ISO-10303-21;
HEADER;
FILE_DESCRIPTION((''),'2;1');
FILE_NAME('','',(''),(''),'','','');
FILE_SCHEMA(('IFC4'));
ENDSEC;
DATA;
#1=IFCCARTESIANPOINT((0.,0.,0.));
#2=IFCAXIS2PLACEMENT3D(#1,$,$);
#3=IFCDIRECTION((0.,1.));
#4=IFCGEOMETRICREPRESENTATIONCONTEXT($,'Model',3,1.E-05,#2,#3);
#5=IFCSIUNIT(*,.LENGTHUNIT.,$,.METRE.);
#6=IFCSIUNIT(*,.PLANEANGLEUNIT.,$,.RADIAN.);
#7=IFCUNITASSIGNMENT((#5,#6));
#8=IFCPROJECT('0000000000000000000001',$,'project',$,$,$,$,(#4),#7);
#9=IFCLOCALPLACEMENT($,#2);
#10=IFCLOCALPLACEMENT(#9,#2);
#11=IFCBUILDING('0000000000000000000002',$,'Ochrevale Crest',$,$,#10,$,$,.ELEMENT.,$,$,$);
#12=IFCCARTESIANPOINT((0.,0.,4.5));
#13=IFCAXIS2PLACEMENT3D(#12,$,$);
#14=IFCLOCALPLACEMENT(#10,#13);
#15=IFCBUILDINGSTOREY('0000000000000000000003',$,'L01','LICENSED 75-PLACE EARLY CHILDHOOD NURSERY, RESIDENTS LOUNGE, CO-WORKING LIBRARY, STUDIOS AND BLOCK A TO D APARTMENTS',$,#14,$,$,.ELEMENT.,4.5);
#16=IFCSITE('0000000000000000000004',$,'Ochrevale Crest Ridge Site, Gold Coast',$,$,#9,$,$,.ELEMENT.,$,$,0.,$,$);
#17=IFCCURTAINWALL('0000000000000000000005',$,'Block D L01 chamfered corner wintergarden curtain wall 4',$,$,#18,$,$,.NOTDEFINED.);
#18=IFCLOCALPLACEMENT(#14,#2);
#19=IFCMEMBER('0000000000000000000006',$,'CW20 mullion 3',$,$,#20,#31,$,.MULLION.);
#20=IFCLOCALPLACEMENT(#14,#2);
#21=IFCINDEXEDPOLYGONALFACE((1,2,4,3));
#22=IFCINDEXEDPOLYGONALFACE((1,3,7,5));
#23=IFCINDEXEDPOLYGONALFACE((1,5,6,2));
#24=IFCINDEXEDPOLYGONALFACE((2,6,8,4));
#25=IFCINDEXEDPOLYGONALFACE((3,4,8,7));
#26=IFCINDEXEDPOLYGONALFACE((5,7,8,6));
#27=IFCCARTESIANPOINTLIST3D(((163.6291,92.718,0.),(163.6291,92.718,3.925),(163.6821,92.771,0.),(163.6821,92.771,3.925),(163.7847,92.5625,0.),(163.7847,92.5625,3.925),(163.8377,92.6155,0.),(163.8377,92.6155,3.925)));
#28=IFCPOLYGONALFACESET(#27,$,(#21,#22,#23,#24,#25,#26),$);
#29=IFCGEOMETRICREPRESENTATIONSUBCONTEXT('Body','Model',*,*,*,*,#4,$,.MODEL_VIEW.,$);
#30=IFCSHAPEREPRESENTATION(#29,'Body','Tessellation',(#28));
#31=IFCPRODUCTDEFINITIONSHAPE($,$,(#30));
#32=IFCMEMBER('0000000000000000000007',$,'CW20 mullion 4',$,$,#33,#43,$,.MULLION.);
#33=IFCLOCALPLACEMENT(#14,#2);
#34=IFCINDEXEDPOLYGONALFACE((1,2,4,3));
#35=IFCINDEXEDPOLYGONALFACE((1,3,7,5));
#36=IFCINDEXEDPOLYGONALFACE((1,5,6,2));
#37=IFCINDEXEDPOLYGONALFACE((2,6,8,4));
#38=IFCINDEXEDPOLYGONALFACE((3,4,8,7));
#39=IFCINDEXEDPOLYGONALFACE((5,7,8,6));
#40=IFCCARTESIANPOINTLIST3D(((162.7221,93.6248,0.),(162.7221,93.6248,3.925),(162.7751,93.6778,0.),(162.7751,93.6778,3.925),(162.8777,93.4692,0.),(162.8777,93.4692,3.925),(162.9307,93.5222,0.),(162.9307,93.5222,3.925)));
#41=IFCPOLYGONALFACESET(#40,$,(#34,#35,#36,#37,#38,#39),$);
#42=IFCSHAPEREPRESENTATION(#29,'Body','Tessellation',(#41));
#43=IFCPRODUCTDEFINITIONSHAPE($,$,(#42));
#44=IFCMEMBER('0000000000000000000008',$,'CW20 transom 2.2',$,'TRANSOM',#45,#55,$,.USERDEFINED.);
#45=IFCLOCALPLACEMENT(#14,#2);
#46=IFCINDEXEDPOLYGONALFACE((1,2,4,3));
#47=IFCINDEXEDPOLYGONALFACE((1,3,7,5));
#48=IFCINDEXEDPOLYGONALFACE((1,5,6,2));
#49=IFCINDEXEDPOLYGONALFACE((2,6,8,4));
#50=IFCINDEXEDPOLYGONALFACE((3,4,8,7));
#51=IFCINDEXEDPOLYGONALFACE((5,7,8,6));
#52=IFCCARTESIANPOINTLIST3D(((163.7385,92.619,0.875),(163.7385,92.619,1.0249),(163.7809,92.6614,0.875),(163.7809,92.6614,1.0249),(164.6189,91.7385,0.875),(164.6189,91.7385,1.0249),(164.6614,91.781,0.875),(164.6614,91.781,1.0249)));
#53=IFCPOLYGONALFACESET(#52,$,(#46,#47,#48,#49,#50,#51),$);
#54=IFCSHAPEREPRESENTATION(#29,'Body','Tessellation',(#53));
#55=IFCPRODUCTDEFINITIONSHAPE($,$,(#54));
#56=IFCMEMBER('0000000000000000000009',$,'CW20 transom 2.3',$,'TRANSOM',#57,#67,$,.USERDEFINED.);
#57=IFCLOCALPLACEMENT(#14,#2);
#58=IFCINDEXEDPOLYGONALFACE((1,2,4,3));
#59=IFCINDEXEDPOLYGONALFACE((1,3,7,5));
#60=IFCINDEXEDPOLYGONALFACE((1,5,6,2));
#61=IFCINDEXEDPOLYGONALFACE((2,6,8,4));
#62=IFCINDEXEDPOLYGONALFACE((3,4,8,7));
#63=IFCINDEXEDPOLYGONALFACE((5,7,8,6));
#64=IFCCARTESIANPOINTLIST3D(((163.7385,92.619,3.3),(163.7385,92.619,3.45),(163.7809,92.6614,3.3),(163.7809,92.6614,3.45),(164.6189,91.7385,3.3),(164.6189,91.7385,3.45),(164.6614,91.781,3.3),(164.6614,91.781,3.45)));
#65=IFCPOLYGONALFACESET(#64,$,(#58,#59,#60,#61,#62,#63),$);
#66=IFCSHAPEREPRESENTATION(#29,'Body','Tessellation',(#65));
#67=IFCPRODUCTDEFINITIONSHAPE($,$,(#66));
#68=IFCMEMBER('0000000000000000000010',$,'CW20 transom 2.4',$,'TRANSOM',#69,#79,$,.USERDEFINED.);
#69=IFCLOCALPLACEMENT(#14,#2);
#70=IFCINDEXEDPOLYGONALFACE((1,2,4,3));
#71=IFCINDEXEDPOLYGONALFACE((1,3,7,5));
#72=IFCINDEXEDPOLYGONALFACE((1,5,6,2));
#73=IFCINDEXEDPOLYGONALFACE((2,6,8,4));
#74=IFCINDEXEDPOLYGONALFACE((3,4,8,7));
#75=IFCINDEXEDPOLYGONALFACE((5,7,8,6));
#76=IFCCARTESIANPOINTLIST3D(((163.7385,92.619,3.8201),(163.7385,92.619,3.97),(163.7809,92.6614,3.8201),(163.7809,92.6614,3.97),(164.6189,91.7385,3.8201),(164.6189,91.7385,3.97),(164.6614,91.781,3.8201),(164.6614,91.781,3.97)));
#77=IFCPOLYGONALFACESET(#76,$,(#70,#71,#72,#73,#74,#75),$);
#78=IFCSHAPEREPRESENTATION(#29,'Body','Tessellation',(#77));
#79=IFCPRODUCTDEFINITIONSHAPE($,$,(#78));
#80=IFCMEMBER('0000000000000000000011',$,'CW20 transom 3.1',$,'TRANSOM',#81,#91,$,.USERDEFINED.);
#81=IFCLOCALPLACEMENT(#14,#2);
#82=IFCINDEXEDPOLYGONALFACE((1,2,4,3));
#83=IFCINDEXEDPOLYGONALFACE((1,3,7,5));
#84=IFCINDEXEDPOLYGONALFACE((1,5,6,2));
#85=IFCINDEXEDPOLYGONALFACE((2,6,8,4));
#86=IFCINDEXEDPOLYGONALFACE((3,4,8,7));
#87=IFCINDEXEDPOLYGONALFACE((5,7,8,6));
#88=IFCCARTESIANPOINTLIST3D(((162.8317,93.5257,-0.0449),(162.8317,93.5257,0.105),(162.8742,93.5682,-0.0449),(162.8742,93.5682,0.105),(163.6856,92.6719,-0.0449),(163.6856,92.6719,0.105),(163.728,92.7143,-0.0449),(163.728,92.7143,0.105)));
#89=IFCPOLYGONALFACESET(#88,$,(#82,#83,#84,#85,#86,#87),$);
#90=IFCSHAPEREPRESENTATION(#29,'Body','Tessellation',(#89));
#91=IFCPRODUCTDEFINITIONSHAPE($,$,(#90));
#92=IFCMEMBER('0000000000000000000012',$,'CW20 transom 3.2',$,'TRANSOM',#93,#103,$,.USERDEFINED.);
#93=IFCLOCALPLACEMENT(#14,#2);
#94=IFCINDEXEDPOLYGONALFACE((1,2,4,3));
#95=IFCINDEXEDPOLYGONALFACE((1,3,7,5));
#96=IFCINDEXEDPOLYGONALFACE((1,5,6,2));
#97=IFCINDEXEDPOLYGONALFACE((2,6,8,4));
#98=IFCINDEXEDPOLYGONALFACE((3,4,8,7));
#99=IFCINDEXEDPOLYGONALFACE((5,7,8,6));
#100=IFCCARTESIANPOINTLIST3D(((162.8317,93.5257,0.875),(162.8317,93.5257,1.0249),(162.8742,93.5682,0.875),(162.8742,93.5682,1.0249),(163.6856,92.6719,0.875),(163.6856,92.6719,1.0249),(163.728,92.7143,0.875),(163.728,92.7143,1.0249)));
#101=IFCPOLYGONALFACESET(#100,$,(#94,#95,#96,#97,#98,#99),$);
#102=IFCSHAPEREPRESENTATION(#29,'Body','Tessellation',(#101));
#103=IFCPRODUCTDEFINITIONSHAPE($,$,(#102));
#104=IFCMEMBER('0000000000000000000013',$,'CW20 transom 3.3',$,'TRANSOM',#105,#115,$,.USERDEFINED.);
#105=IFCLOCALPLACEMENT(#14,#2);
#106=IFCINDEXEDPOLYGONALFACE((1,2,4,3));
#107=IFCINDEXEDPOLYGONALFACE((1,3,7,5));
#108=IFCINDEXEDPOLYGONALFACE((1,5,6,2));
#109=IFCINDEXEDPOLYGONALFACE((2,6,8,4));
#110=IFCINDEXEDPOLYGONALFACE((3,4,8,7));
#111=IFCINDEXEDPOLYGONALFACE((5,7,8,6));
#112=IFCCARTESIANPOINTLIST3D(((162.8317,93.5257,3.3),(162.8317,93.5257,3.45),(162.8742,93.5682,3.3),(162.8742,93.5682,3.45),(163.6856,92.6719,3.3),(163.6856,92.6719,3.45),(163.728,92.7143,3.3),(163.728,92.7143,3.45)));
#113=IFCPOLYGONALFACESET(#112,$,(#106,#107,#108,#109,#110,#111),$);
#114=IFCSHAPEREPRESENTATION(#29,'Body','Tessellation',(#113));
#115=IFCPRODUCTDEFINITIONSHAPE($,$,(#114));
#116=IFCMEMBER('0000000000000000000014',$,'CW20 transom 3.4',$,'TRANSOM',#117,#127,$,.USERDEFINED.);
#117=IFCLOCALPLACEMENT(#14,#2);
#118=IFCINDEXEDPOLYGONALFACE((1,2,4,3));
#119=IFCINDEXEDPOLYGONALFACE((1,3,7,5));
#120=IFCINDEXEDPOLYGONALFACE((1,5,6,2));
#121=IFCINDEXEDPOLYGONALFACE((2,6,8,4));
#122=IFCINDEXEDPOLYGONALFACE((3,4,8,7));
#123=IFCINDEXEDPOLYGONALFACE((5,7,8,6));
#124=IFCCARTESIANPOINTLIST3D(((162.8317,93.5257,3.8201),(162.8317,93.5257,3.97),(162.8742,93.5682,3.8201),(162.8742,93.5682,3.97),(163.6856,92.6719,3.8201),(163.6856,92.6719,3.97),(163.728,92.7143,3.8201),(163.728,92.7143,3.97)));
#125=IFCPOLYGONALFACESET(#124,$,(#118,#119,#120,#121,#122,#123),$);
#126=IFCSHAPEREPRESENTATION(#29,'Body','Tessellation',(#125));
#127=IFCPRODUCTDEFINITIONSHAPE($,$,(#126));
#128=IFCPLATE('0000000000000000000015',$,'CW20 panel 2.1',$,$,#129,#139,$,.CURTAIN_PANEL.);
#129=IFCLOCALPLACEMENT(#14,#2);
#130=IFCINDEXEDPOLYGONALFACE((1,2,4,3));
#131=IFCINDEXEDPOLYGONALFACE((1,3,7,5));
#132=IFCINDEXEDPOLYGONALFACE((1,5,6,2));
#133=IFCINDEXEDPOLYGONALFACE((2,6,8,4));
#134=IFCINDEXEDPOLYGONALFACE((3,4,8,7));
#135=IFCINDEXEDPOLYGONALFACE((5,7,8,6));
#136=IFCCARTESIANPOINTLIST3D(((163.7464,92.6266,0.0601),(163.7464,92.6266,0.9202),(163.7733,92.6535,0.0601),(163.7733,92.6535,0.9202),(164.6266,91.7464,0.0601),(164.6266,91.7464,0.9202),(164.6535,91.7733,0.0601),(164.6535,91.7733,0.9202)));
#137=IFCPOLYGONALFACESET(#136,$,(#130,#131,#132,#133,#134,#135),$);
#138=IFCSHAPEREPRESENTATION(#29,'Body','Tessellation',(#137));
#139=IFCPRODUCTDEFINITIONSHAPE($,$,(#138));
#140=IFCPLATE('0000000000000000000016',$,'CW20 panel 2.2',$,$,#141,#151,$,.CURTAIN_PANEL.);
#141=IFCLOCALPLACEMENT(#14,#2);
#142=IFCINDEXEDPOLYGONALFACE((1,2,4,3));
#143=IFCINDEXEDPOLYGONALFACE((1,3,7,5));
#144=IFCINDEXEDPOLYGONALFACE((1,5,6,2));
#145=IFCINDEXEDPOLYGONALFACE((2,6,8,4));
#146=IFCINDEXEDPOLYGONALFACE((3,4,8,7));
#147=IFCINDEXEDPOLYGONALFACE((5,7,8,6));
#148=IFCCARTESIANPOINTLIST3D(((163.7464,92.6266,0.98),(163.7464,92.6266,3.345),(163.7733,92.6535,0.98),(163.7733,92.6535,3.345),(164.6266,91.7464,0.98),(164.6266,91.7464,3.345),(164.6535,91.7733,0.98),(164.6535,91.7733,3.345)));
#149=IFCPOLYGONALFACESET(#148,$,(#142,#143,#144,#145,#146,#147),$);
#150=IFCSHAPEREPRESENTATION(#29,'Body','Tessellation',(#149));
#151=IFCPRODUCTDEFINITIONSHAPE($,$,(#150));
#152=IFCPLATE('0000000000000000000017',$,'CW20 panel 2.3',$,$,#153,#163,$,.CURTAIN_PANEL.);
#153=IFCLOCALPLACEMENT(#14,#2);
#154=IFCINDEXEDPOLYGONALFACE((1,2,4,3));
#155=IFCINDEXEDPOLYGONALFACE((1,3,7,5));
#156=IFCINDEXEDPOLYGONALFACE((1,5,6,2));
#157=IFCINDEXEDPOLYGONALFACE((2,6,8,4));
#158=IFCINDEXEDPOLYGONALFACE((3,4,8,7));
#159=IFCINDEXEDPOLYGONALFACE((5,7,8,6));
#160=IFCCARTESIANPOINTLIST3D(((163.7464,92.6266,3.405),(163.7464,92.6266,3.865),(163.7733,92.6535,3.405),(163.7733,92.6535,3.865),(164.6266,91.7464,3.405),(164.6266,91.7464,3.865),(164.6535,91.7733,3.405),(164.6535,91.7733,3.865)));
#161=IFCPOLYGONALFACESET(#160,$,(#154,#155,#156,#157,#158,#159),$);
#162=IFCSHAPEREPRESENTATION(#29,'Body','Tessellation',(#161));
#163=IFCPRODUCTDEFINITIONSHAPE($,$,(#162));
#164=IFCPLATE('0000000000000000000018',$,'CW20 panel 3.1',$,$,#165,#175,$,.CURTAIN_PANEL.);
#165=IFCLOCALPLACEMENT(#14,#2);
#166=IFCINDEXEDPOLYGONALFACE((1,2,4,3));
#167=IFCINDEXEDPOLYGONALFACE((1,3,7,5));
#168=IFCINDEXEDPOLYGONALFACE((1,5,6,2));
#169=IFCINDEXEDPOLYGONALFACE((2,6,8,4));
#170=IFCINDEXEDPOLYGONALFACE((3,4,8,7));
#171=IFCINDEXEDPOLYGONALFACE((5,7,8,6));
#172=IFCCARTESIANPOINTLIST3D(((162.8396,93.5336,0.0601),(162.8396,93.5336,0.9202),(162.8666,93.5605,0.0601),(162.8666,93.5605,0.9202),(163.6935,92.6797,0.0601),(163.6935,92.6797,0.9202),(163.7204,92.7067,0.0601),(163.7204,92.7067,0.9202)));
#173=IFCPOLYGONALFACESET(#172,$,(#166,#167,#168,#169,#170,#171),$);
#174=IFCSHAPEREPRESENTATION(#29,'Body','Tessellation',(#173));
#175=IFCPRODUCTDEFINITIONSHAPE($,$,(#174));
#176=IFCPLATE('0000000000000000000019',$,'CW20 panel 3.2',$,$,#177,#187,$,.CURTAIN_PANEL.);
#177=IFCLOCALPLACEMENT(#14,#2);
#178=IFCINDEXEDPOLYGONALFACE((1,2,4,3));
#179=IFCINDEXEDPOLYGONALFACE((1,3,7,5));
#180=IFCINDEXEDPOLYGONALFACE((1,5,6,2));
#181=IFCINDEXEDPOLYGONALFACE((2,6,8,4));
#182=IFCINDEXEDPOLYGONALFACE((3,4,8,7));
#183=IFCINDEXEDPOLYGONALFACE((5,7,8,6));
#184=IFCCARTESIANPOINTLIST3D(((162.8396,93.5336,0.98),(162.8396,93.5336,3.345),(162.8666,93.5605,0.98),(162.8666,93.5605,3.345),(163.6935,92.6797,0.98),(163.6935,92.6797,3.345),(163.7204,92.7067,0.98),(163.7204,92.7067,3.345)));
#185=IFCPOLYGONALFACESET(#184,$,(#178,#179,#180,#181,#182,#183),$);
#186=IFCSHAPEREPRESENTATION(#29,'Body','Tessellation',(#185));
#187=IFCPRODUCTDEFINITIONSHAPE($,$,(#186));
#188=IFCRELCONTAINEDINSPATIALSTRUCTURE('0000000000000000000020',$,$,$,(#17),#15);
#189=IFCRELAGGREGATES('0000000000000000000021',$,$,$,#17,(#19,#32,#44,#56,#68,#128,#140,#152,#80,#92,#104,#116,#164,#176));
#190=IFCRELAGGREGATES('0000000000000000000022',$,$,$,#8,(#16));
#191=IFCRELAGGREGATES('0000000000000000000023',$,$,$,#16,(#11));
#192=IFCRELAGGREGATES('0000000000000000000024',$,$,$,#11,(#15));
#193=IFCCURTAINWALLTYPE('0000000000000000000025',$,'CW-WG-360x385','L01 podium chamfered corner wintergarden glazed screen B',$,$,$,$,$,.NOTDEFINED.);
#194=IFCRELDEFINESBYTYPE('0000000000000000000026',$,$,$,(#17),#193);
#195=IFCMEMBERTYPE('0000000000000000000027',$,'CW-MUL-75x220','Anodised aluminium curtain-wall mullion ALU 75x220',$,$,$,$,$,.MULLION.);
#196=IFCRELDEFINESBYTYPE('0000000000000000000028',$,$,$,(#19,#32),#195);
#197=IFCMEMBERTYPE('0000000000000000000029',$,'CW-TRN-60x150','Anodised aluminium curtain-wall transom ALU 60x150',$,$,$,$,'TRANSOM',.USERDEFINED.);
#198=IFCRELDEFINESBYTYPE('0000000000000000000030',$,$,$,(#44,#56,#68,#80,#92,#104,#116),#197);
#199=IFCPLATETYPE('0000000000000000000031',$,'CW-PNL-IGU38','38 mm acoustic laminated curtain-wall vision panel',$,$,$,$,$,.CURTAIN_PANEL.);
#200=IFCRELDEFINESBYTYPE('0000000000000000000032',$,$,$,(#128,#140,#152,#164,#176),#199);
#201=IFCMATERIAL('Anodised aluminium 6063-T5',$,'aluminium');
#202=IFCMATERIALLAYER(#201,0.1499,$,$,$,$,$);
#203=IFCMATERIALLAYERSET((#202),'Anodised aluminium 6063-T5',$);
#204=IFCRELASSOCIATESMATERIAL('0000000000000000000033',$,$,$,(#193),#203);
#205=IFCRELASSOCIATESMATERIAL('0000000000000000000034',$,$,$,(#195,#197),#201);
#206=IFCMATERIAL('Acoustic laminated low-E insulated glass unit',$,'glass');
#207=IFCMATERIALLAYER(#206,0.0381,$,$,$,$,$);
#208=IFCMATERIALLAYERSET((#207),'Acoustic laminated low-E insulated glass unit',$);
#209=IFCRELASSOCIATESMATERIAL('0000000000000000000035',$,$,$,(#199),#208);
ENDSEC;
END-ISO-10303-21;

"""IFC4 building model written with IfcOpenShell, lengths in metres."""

from ifc_helpers import new_model, si_unit, direction, frame, origin, origin_2d, place, context, subcontext, project, spatial, rectangle, extrude, material, layer, layer_set, material_profile, profile_set, type_object, element, aggregate, save


model = new_model("IFC4")

# Units and contexts
model_context = context("Model", 3, precision=1e-05, world=origin(), true_north=direction((0.0, 1.0)))
body_context = subcontext(model_context, "Body", "Model", "MODEL_VIEW")
ifc_project = project(units=[si_unit("LENGTHUNIT", "METRE"), si_unit("PLANEANGLEUNIT", "RADIAN")], contexts=[model_context])

# Site, building, storey
site_placement = place(None, origin())
site = spatial("IfcSite", under=ifc_project, at=site_placement, Name="Ochrevale Crest Ridge Site, Gold Coast", CompositionType="ELEMENT", RefElevation=0.0)
building_placement = place(site_placement, origin())
building = spatial("IfcBuilding", under=site, at=building_placement, Name="Ochrevale Crest", CompositionType="ELEMENT")
storey_placement = place(building_placement, frame((0.0, 0.0, 4.5)))
storey = spatial("IfcBuildingStorey", under=building, at=storey_placement, Name="L01", Description="LICENSED 75-PLACE EARLY CHILDHOOD NURSERY, RESIDENTS LOUNGE, CO-WORKING LIBRARY, STUDIOS AND BLOCK A TO D APARTMENTS", CompositionType="ELEMENT", Elevation=4.5)

# Curtain wall, members, plates
ifc_material_1 = material(Name="Anodised aluminium 6063-T5", Category="aluminium")
ifc_layer_1 = layer(ifc_material_1, 0.1499)
ifc_layer_set_1 = layer_set([ifc_layer_1], Name="Anodised aluminium 6063-T5")
curtain_wall_type = type_object("IfcCurtainWallType", Name="CW-WG-360x385", Description="L01 podium chamfered corner wintergarden glazed screen B", PredefinedType="NOTDEFINED", material=ifc_layer_set_1)
curtain_wall_placement = place(storey_placement, origin())
curtain_wall = element("IfcCurtainWall", 1, at=curtain_wall_placement, inside=storey, type_object=curtain_wall_type, Name="Block D L01 chamfered corner wintergarden curtain wall 4", PredefinedType="NOTDEFINED")
ifc_material_profile_1 = material_profile(ifc_material_1, rectangle(XDim=0.075, YDim=0.22, at=origin_2d()), Name="ALU 75x220")
ifc_profile_set_1 = profile_set([ifc_material_profile_1], Name="Anodised aluminium 6063-T5")
member_type_1 = type_object("IfcMemberType", Name="CW-MUL-75x220", Description="Anodised aluminium curtain-wall mullion ALU 75x220", PredefinedType="MULLION", material=ifc_profile_set_1)
member_1_placement = place(storey_placement, frame((163.7334, 92.6667, 0.0), z_axis=(0.0, 0.0, 1.0), x_axis=(-0.707107, -0.707107, 0.0)))
member_1 = element("IfcMember", 2, at=member_1_placement, type_object=member_type_1, Name="CW20 mullion 3", PredefinedType="MULLION", context=body_context, shape_type="SweptSolid", body=[
    extrude(rectangle(XDim=0.075, YDim=0.22, at=origin_2d()), origin(), (0.0, 0.0, 1.0), 3.925),
])
member_2_placement = place(storey_placement, frame((162.8264, 93.5735, 0.0), z_axis=(0.0, 0.0, 1.0), x_axis=(-0.707107, -0.707107, 0.0)))
member_2 = element("IfcMember", 3, at=member_2_placement, type_object=member_type_1, Name="CW20 mullion 4", PredefinedType="MULLION", context=body_context, shape_type="SweptSolid", body=[
    extrude(rectangle(XDim=0.075, YDim=0.22, at=origin_2d()), origin(), (0.0, 0.0, 1.0), 3.925),
])
ifc_material_profile_2 = material_profile(ifc_material_1, rectangle(XDim=0.0601, YDim=0.1499, at=origin_2d()), Name="ALU 60x150")
ifc_profile_set_2 = profile_set([ifc_material_profile_2], Name="Anodised aluminium 6063-T5")
member_type_2 = type_object("IfcMemberType", Name="CW-TRN-60x150", Description="Anodised aluminium curtain-wall transom ALU 60x150", ElementType="TRANSOM", PredefinedType="USERDEFINED", material=ifc_profile_set_2)
member_3_placement = place(storey_placement, frame((164.6401, 91.7598, 0.95), z_axis=(-0.707107, 0.707107, 0.0), x_axis=(-0.707107, -0.707107, 0.0)))
member_3 = element("IfcMember", 4, at=member_3_placement, type_object=member_type_2, Name="CW20 transom 2.2", ObjectType="TRANSOM", PredefinedType="USERDEFINED", context=body_context, shape_type="SweptSolid", body=[
    extrude(rectangle(XDim=0.0601, YDim=0.1499, at=origin_2d()), origin(), (0.0, 0.0, 1.0), 1.2451),
])
member_4_placement = place(storey_placement, frame((164.6401, 91.7598, 3.375), z_axis=(-0.707107, 0.707107, 0.0), x_axis=(-0.707107, -0.707107, 0.0)))
member_4 = element("IfcMember", 5, at=member_4_placement, type_object=member_type_2, Name="CW20 transom 2.3", ObjectType="TRANSOM", PredefinedType="USERDEFINED", context=body_context, shape_type="SweptSolid", body=[
    extrude(rectangle(XDim=0.0601, YDim=0.1499, at=origin_2d()), origin(), (0.0, 0.0, 1.0), 1.2451),
])
member_5_placement = place(storey_placement, frame((164.6401, 91.7598, 3.895), z_axis=(-0.707107, 0.707107, 0.0), x_axis=(-0.707107, -0.707107, 0.0)))
member_5 = element("IfcMember", 6, at=member_5_placement, type_object=member_type_2, Name="CW20 transom 2.4", ObjectType="TRANSOM", PredefinedType="USERDEFINED", context=body_context, shape_type="SweptSolid", body=[
    extrude(rectangle(XDim=0.0601, YDim=0.1499, at=origin_2d()), origin(), (0.0, 0.0, 1.0), 1.2451),
])
member_6_placement = place(storey_placement, frame((163.7068, 92.6931, 0.03), z_axis=(-0.707107, 0.707107, 0.0), x_axis=(-0.707107, -0.707107, 0.0)))
member_6 = element("IfcMember", 7, at=member_6_placement, type_object=member_type_2, Name="CW20 transom 3.1", ObjectType="TRANSOM", PredefinedType="USERDEFINED", context=body_context, shape_type="SweptSolid", body=[
    extrude(rectangle(XDim=0.0601, YDim=0.1499, at=origin_2d()), origin(), (0.0, 0.0, 1.0), 1.2075),
])
member_7_placement = place(storey_placement, frame((163.7068, 92.6931, 0.95), z_axis=(-0.707107, 0.707107, 0.0), x_axis=(-0.707107, -0.707107, 0.0)))
member_7 = element("IfcMember", 8, at=member_7_placement, type_object=member_type_2, Name="CW20 transom 3.2", ObjectType="TRANSOM", PredefinedType="USERDEFINED", context=body_context, shape_type="SweptSolid", body=[
    extrude(rectangle(XDim=0.0601, YDim=0.1499, at=origin_2d()), origin(), (0.0, 0.0, 1.0), 1.2075),
])
member_8_placement = place(storey_placement, frame((163.7068, 92.6931, 3.375), z_axis=(-0.707107, 0.707107, 0.0), x_axis=(-0.707107, -0.707107, 0.0)))
member_8 = element("IfcMember", 9, at=member_8_placement, type_object=member_type_2, Name="CW20 transom 3.3", ObjectType="TRANSOM", PredefinedType="USERDEFINED", context=body_context, shape_type="SweptSolid", body=[
    extrude(rectangle(XDim=0.0601, YDim=0.1499, at=origin_2d()), origin(), (0.0, 0.0, 1.0), 1.2075),
])
member_9_placement = place(storey_placement, frame((163.7068, 92.6931, 3.895), z_axis=(-0.707107, 0.707107, 0.0), x_axis=(-0.707107, -0.707107, 0.0)))
member_9 = element("IfcMember", 10, at=member_9_placement, type_object=member_type_2, Name="CW20 transom 3.4", ObjectType="TRANSOM", PredefinedType="USERDEFINED", context=body_context, shape_type="SweptSolid", body=[
    extrude(rectangle(XDim=0.0601, YDim=0.1499, at=origin_2d()), origin(), (0.0, 0.0, 1.0), 1.2075),
])
ifc_material_2 = material(Name="Acoustic laminated low-E insulated glass unit", Category="glass")
ifc_layer_2 = layer(ifc_material_2, 0.0381)
ifc_layer_set_2 = layer_set([ifc_layer_2], Name="Acoustic laminated low-E insulated glass unit")
plate_type = type_object("IfcPlateType", Name="CW-PNL-IGU38", Description="38 mm acoustic laminated curtain-wall vision panel", PredefinedType="CURTAIN_PANEL", material=ifc_layer_set_2)
plate_1_placement = place(storey_placement, frame((164.2, 92.2, 0.0601), z_axis=(0.0, 0.0, 1.0), x_axis=(-0.707107, 0.707107, 0.0)))
plate_1 = element("IfcPlate", 11, at=plate_1_placement, type_object=plate_type, Name="CW20 panel 2.1", PredefinedType="CURTAIN_PANEL", context=body_context, shape_type="SweptSolid", body=[
    extrude(rectangle(XDim=1.2449, YDim=0.0381, at=origin_2d()), origin(), (0.0, 0.0, 1.0), 0.8601),
])
plate_2_placement = place(storey_placement, frame((164.2, 92.2, 0.98), z_axis=(0.0, 0.0, 1.0), x_axis=(-0.707107, 0.707107, 0.0)))
plate_2 = element("IfcPlate", 12, at=plate_2_placement, type_object=plate_type, Name="CW20 panel 2.2", PredefinedType="CURTAIN_PANEL", context=body_context, shape_type="SweptSolid", body=[
    extrude(rectangle(XDim=1.2449, YDim=0.0381, at=origin_2d()), origin(), (0.0, 0.0, 1.0), 2.365),
])
plate_3_placement = place(storey_placement, frame((164.2, 92.2, 3.405), z_axis=(0.0, 0.0, 1.0), x_axis=(-0.707107, 0.707107, 0.0)))
plate_3 = element("IfcPlate", 13, at=plate_3_placement, type_object=plate_type, Name="CW20 panel 2.3", PredefinedType="CURTAIN_PANEL", context=body_context, shape_type="SweptSolid", body=[
    extrude(rectangle(XDim=1.2449, YDim=0.0381, at=origin_2d()), origin(), (0.0, 0.0, 1.0), 0.46),
])
plate_4_placement = place(storey_placement, frame((163.28, 93.1201, 0.0601), z_axis=(0.0, 0.0, 1.0), x_axis=(-0.707107, 0.707107, 0.0)))
plate_4 = element("IfcPlate", 14, at=plate_4_placement, type_object=plate_type, Name="CW20 panel 3.1", PredefinedType="CURTAIN_PANEL", context=body_context, shape_type="SweptSolid", body=[
    extrude(rectangle(XDim=1.2075, YDim=0.0381, at=origin_2d()), origin(), (0.0, 0.0, 1.0), 0.8601),
])
plate_5_placement = place(storey_placement, frame((163.28, 93.1201, 0.98), z_axis=(0.0, 0.0, 1.0), x_axis=(-0.707107, 0.707107, 0.0)))
plate_5 = element("IfcPlate", 15, at=plate_5_placement, type_object=plate_type, Name="CW20 panel 3.2", PredefinedType="CURTAIN_PANEL", context=body_context, shape_type="SweptSolid", body=[
    extrude(rectangle(XDim=1.2075, YDim=0.0381, at=origin_2d()), origin(), (0.0, 0.0, 1.0), 2.365),
])
aggregate(curtain_wall, [member_1, member_2, member_3, member_4, member_5, plate_1, plate_2, plate_3, member_6, member_7, member_8, member_9, plate_4, plate_5])

save(model, "model.ifc")
